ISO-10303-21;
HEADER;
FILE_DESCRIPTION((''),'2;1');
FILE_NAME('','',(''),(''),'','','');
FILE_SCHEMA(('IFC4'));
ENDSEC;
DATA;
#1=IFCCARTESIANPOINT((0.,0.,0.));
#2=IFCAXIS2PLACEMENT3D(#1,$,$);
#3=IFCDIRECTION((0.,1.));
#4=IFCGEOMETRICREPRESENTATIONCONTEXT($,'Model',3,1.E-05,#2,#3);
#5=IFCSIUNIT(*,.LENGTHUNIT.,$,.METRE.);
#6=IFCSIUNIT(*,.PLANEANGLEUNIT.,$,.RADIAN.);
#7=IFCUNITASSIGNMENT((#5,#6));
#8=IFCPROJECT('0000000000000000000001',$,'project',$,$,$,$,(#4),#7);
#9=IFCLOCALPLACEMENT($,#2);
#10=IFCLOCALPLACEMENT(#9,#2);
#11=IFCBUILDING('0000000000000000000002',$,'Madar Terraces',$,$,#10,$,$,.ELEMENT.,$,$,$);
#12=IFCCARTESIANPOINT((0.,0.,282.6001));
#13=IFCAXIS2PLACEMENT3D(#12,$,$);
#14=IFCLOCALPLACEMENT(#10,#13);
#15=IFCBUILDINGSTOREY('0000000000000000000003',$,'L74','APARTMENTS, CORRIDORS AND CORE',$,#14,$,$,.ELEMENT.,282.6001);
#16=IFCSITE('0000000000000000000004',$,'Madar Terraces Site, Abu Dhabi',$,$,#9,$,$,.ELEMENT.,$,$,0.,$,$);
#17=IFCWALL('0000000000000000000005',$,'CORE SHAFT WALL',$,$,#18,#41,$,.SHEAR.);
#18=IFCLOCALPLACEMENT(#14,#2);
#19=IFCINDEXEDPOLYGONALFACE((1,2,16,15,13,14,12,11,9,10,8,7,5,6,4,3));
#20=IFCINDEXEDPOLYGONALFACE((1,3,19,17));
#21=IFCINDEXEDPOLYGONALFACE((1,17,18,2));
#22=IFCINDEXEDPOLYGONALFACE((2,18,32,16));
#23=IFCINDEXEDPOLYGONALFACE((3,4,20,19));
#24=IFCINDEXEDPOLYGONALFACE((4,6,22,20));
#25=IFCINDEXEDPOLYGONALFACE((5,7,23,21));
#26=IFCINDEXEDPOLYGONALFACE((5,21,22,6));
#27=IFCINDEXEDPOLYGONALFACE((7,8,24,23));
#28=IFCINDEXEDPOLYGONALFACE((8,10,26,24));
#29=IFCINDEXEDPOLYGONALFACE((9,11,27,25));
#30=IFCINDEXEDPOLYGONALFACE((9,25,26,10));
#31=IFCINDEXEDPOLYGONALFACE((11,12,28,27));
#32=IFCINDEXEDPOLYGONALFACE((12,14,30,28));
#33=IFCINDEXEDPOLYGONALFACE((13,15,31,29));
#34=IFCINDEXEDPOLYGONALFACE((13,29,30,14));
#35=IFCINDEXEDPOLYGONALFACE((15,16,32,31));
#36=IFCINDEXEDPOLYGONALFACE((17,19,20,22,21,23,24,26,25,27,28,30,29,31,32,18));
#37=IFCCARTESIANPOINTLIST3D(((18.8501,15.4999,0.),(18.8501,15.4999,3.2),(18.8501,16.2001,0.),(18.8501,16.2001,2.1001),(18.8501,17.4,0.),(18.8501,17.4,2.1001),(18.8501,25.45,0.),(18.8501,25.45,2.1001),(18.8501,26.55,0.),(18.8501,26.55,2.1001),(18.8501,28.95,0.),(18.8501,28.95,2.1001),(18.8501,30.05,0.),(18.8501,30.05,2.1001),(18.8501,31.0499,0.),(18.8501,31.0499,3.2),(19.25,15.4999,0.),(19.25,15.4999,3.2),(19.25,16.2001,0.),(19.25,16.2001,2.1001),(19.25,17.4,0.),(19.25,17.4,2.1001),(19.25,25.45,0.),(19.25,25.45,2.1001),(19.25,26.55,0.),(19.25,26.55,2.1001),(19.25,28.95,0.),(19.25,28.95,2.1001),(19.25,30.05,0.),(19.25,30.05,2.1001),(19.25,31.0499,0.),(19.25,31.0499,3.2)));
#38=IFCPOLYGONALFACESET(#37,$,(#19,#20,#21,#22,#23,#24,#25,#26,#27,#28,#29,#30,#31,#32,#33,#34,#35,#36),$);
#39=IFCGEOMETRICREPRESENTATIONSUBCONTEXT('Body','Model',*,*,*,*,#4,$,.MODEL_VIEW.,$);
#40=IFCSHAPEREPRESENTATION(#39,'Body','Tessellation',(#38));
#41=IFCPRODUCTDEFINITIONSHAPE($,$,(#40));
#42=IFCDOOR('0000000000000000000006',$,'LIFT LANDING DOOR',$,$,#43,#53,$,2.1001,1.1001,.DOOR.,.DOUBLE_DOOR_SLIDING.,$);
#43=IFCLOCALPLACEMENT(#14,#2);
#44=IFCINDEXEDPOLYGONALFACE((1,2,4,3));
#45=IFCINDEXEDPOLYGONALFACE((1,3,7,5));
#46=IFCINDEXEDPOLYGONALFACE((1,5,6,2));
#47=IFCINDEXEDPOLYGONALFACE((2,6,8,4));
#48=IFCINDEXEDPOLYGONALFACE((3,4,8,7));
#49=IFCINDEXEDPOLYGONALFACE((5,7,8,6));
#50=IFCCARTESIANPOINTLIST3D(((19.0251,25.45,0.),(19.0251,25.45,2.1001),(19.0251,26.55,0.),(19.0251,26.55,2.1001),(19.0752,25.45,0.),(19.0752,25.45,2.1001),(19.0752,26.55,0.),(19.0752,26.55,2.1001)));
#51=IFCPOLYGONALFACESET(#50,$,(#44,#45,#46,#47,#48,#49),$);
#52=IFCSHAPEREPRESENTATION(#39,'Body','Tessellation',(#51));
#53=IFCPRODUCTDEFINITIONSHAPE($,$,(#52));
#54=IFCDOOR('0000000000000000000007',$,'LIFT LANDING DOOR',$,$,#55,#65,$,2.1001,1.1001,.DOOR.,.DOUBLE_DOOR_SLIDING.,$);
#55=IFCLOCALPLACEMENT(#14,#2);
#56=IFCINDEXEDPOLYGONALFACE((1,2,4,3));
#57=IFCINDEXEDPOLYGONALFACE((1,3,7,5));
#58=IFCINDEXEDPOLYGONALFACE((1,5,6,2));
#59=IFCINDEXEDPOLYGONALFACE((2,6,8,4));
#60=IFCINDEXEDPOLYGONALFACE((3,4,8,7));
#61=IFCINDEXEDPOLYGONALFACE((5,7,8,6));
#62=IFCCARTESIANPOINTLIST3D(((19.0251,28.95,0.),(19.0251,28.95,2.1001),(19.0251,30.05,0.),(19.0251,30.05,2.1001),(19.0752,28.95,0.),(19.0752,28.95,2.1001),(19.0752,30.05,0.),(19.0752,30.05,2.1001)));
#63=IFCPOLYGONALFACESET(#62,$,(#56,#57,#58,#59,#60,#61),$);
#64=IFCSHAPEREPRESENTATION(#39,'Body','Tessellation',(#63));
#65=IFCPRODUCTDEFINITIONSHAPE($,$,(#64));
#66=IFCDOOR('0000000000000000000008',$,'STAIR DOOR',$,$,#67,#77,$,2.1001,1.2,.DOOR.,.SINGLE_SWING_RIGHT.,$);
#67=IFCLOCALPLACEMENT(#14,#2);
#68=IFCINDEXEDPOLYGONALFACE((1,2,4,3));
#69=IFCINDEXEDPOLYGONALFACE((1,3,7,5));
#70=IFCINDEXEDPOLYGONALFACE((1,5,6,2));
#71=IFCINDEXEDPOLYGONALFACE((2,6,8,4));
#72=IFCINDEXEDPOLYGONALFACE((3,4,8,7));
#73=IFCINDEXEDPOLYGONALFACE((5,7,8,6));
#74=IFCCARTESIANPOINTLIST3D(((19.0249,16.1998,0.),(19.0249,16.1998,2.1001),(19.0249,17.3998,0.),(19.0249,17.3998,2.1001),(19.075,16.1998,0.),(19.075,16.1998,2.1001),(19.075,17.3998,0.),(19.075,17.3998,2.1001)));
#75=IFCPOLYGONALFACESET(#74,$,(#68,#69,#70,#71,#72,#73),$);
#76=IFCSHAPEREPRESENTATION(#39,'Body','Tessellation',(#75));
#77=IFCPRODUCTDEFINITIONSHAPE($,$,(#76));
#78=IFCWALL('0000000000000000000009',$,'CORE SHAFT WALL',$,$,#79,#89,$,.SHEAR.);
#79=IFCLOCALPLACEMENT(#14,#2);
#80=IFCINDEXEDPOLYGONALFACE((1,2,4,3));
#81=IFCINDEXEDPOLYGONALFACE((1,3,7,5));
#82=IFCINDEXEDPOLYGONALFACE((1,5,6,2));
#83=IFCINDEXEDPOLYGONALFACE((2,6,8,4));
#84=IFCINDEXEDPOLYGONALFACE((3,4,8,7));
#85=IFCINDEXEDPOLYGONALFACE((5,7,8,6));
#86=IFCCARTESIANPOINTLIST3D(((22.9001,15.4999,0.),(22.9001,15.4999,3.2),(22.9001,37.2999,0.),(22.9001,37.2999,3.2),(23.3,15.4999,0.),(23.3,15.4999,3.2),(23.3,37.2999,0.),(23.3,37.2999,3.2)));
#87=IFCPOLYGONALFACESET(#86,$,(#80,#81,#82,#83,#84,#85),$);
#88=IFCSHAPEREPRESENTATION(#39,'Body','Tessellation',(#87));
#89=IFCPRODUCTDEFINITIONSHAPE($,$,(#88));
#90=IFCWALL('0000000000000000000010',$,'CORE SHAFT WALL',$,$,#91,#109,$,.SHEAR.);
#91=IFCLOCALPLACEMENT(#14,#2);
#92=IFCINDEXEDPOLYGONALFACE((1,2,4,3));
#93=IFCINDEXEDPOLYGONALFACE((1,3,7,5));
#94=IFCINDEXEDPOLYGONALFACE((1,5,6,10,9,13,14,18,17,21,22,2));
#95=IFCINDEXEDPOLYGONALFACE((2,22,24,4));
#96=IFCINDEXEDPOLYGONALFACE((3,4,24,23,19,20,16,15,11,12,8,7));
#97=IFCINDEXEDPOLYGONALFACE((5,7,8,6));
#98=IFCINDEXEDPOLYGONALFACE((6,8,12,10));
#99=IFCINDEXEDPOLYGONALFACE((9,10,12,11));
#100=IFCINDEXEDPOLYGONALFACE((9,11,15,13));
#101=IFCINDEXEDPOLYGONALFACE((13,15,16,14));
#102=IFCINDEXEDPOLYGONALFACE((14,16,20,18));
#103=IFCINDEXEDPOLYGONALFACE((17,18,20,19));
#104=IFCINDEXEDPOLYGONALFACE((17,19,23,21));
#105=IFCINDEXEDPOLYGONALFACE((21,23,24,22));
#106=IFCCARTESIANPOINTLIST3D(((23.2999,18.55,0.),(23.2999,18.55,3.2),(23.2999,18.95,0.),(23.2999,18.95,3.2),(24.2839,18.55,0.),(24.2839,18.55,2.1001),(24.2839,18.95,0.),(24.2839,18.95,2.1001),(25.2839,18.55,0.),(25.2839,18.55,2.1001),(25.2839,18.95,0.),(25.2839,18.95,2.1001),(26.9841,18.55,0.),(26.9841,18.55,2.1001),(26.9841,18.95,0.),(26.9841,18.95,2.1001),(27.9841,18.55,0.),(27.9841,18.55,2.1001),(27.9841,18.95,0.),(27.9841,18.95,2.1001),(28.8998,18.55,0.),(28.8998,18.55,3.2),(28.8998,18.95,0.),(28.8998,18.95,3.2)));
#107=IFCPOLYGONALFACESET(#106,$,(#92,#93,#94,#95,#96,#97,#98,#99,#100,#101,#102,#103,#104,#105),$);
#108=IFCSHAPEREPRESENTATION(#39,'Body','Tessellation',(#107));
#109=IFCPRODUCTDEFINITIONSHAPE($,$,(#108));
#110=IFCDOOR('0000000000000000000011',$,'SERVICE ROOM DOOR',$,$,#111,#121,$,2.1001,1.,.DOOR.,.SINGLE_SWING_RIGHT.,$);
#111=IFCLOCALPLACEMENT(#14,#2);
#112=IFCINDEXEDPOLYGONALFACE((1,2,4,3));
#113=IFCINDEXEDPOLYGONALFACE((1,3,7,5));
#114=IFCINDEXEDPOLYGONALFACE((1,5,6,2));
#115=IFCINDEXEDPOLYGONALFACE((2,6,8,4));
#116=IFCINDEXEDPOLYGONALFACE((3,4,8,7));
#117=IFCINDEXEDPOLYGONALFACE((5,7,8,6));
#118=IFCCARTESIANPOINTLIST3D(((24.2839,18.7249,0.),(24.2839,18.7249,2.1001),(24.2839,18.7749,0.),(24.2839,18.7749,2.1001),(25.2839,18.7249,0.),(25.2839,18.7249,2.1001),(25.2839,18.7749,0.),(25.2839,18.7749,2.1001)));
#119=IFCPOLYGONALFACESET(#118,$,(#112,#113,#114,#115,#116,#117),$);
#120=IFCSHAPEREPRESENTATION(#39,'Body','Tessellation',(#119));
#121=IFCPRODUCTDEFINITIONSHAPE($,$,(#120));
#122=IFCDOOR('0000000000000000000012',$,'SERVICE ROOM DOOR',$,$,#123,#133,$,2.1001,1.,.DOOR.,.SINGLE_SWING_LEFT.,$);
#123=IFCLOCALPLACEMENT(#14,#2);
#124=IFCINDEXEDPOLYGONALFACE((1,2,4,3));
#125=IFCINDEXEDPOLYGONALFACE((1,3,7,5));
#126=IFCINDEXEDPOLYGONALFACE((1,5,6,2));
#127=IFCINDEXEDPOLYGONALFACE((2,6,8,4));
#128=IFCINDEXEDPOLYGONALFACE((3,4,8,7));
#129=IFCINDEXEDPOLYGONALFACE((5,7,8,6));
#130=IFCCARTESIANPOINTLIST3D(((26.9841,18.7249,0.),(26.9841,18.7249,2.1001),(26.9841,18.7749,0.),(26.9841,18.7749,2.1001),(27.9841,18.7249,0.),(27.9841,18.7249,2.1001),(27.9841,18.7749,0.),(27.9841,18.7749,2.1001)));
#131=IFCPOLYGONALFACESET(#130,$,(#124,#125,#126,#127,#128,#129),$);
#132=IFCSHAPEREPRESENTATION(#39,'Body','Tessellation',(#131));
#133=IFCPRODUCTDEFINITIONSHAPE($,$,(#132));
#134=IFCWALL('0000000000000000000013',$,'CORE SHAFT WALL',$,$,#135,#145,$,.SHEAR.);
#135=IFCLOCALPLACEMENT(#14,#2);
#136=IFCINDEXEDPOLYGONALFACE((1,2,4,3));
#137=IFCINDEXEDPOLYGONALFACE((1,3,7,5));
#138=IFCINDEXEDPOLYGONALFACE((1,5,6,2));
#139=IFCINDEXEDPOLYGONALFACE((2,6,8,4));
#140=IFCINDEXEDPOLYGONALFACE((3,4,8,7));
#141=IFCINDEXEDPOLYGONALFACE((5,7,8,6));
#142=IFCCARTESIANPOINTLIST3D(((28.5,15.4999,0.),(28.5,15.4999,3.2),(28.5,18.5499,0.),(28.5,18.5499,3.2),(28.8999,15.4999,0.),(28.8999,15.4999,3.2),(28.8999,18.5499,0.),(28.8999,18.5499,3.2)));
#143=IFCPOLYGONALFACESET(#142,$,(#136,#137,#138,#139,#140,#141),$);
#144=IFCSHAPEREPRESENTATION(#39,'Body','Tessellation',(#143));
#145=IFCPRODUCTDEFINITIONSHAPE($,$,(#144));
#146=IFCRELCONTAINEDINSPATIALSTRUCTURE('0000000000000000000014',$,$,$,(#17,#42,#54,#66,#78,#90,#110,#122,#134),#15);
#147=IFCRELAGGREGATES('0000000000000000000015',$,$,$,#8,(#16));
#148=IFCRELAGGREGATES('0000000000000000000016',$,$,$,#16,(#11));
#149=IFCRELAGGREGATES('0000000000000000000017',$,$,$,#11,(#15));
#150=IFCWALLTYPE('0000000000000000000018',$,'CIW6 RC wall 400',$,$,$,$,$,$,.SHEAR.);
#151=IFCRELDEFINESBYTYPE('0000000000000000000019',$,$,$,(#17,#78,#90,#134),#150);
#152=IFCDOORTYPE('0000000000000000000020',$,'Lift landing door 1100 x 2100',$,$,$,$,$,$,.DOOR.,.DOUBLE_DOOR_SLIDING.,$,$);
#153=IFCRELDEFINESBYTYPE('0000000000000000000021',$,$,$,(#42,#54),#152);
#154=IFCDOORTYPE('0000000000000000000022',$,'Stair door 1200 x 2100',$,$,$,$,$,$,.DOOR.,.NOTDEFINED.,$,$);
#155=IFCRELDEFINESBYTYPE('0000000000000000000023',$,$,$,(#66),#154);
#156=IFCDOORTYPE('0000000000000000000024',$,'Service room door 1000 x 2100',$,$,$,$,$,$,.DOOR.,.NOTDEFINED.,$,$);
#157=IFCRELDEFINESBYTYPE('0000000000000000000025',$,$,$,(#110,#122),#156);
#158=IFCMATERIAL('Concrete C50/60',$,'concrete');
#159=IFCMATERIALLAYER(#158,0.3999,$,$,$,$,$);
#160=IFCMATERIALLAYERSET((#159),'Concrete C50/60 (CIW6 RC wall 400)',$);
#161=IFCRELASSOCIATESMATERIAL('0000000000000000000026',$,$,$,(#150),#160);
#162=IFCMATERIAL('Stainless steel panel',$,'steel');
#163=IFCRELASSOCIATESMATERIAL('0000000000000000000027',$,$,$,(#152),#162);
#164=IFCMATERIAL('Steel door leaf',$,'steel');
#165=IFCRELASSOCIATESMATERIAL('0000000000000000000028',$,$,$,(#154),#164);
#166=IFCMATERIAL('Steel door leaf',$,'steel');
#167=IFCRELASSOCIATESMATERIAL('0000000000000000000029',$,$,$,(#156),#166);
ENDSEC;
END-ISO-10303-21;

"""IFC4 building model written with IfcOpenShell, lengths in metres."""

from ifc_helpers import new_model, si_unit, direction, frame, frame_2d, origin, place, context, subcontext, project, spatial, rectangle, extrude, material, layer, layer_set, type_object, element, fill, save


model = new_model("IFC4")

# Units and contexts
model_context = context("Model", 3, precision=1e-05, world=origin(), true_north=direction((0.0, 1.0)))
body_context = subcontext(model_context, "Body", "Model", "MODEL_VIEW")
ifc_project = project(units=[si_unit("LENGTHUNIT", "METRE"), si_unit("PLANEANGLEUNIT", "RADIAN")], contexts=[model_context])

# Site, building, storey
site_placement = place(None, origin())
site = spatial("IfcSite", under=ifc_project, at=site_placement, Name="Madar Terraces Site, Abu Dhabi", CompositionType="ELEMENT", RefElevation=0.0)
building_placement = place(site_placement, origin())
building = spatial("IfcBuilding", under=site, at=building_placement, Name="Madar Terraces", CompositionType="ELEMENT")
storey_placement = place(building_placement, frame((0.0, 0.0, 282.6001)))
storey = spatial("IfcBuildingStorey", under=building, at=storey_placement, Name="L74", Description="APARTMENTS, CORRIDORS AND CORE", CompositionType="ELEMENT", Elevation=282.6001)

# Wall, openings, doors
ifc_material_1 = material(Name="Concrete C50/60", Category="concrete")
ifc_layer_1 = layer(ifc_material_1, 0.3999)
ifc_layer_set_1 = layer_set([ifc_layer_1], Name="Concrete C50/60 (CIW6 RC wall 400)")
wall_type_1 = type_object("IfcWallType", Name="CIW6 RC wall 400", PredefinedType="SHEAR", material=ifc_layer_set_1)
wall_1_placement = place(storey_placement, frame((19.05, 15.5, 0.0), z_axis=(0.0, 0.0, 1.0), x_axis=(0.0, 1.0, 0.0)))
wall_1 = element("IfcWall", 1, at=wall_1_placement, inside=storey, type_object=wall_type_1, Name="CORE SHAFT WALL", PredefinedType="SHEAR", context=body_context, shape_type="SweptSolid", body=[
    extrude(rectangle(XDim=15.55, YDim=0.3999, at=frame_2d((7.7749, 0.0))), origin(), (0.0, 0.0, 1.0), 3.2),
])
opening_1_placement = place(wall_1_placement, frame((9.95, 0.0, 0.0)))
opening_1 = element("IfcOpeningElement", 2, at=opening_1_placement, cuts=wall_1, PredefinedType="OPENING", context=body_context, shape_type="SweptSolid", body=[
    extrude(rectangle(XDim=1.1001, YDim=2.1001, at=frame_2d((0.55, 1.05))), frame((0.0, 0.21, 0.0), z_axis=(0.0, -1.0, 0.0), x_axis=(1.0, 0.0, 0.0)), (0.0, 0.0, 1.0), 0.4199),
])
opening_2_placement = place(wall_1_placement, frame((13.45, 0.0, 0.0)))
opening_2 = element("IfcOpeningElement", 3, at=opening_2_placement, cuts=wall_1, PredefinedType="OPENING", context=body_context, shape_type="SweptSolid", body=[
    extrude(rectangle(XDim=1.1001, YDim=2.1001, at=frame_2d((0.55, 1.05))), frame((0.0, 0.21, 0.0), z_axis=(0.0, -1.0, 0.0), x_axis=(1.0, 0.0, 0.0)), (0.0, 0.0, 1.0), 0.4199),
])
opening_3_placement = place(wall_1_placement, frame((0.7, 0.0, 0.0)))
opening_3 = element("IfcOpeningElement", 4, at=opening_3_placement, cuts=wall_1, PredefinedType="OPENING", context=body_context, shape_type="SweptSolid", body=[
    extrude(rectangle(XDim=1.2, YDim=2.1001, at=frame_2d((0.6001, 1.05))), frame((0.0, 0.21, 0.0), z_axis=(0.0, -1.0, 0.0), x_axis=(1.0, 0.0, 0.0)), (0.0, 0.0, 1.0), 0.4199),
])
ifc_material_2 = material(Name="Stainless steel panel", Category="steel")
door_type_1 = type_object("IfcDoorType", Name="Lift landing door 1100 x 2100", OperationType="DOUBLE_DOOR_SLIDING", PredefinedType="DOOR", material=ifc_material_2)
door_1_placement = place(opening_1_placement, origin())
door_1 = element("IfcDoor", 5, at=door_1_placement, inside=storey, type_object=door_type_1, Name="LIFT LANDING DOOR", OperationType="DOUBLE_DOOR_SLIDING", OverallHeight=2.1001, OverallWidth=1.1001, PredefinedType="DOOR", context=body_context, shape_type="SweptSolid", body=[
    extrude(rectangle(XDim=1.1001, YDim=2.1001, at=frame_2d((0.55, 1.05))), frame((0.0, 0.0249, 0.0), z_axis=(0.0, -1.0, 0.0), x_axis=(1.0, 0.0, 0.0)), (0.0, 0.0, 1.0), 0.05),
])
fill(opening_1, door_1)
door_2_placement = place(opening_2_placement, origin())
door_2 = element("IfcDoor", 6, at=door_2_placement, inside=storey, type_object=door_type_1, Name="LIFT LANDING DOOR", OperationType="DOUBLE_DOOR_SLIDING", OverallHeight=2.1001, OverallWidth=1.1001, PredefinedType="DOOR", context=body_context, shape_type="SweptSolid", body=[
    extrude(rectangle(XDim=1.1001, YDim=2.1001, at=frame_2d((0.55, 1.05))), frame((0.0, 0.0249, 0.0), z_axis=(0.0, -1.0, 0.0), x_axis=(1.0, 0.0, 0.0)), (0.0, 0.0, 1.0), 0.05),
])
fill(opening_2, door_2)
ifc_material_3 = material(Name="Steel door leaf", Category="steel")
door_type_2 = type_object("IfcDoorType", Name="Stair door 1200 x 2100", OperationType="NOTDEFINED", PredefinedType="DOOR", material=ifc_material_3)
door_3_placement = place(opening_3_placement, frame((1.2, 0.0, 0.0), z_axis=(0.0, 0.0, 1.0), x_axis=(-1.0, 0.0, 0.0)))
door_3 = element("IfcDoor", 7, at=door_3_placement, inside=storey, type_object=door_type_2, Name="STAIR DOOR", OperationType="SINGLE_SWING_RIGHT", OverallHeight=2.1001, OverallWidth=1.2, PredefinedType="DOOR", context=body_context, shape_type="SweptSolid", body=[
    extrude(rectangle(XDim=1.2, YDim=2.1001, at=frame_2d((0.6001, 1.05))), frame((0.0, 0.0249, 0.0), z_axis=(0.0, -1.0, 0.0), x_axis=(1.0, 0.0, 0.0)), (0.0, 0.0, 1.0), 0.05),
])
fill(opening_3, door_3)

# Wall
wall_2_placement = place(storey_placement, frame((23.1001, 15.5, 0.0), z_axis=(0.0, 0.0, 1.0), x_axis=(0.0, 1.0, 0.0)))
element("IfcWall", 8, at=wall_2_placement, inside=storey, type_object=wall_type_1, Name="CORE SHAFT WALL", PredefinedType="SHEAR", context=body_context, shape_type="SweptSolid", body=[
    extrude(rectangle(XDim=21.8, YDim=0.3999, at=frame_2d((10.8999, 0.0))), origin(), (0.0, 0.0, 1.0), 3.2),
])

# Wall, openings, doors
wall_3_placement = place(storey_placement, frame((23.3, 18.75, 0.0), z_axis=(0.0, 0.0, 1.0), x_axis=(1.0, 0.0, 0.0)))
wall_3 = element("IfcWall", 9, at=wall_3_placement, inside=storey, type_object=wall_type_1, Name="CORE SHAFT WALL", PredefinedType="SHEAR", context=body_context, shape_type="SweptSolid", body=[
    extrude(rectangle(XDim=5.5999, YDim=0.3999, at=frame_2d((2.7998, 0.0))), origin(), (0.0, 0.0, 1.0), 3.2),
])
opening_4_placement = place(wall_3_placement, frame((0.9839, 0.0, 0.0)))
opening_4 = element("IfcOpeningElement", 10, at=opening_4_placement, cuts=wall_3, PredefinedType="OPENING", context=body_context, shape_type="SweptSolid", body=[
    extrude(rectangle(XDim=1.0, YDim=2.1001, at=frame_2d((0.5, 1.05))), frame((0.0, 0.21, 0.0), z_axis=(0.0, -1.0, 0.0), x_axis=(1.0, 0.0, 0.0)), (0.0, 0.0, 1.0), 0.4199),
])
opening_5_placement = place(wall_3_placement, frame((3.6841, 0.0, 0.0)))
opening_5 = element("IfcOpeningElement", 11, at=opening_5_placement, cuts=wall_3, PredefinedType="OPENING", context=body_context, shape_type="SweptSolid", body=[
    extrude(rectangle(XDim=1.0, YDim=2.1001, at=frame_2d((0.5, 1.05))), frame((0.0, 0.21, 0.0), z_axis=(0.0, -1.0, 0.0), x_axis=(1.0, 0.0, 0.0)), (0.0, 0.0, 1.0), 0.4199),
])
ifc_material_4 = material(Name="Steel door leaf", Category="steel")
door_type_3 = type_object("IfcDoorType", Name="Service room door 1000 x 2100", OperationType="NOTDEFINED", PredefinedType="DOOR", material=ifc_material_4)
door_4_placement = place(opening_4_placement, origin())
door_4 = element("IfcDoor", 12, at=door_4_placement, inside=storey, type_object=door_type_3, Name="SERVICE ROOM DOOR", OperationType="SINGLE_SWING_RIGHT", OverallHeight=2.1001, OverallWidth=1.0, PredefinedType="DOOR", context=body_context, shape_type="SweptSolid", body=[
    extrude(rectangle(XDim=1.0, YDim=2.1001, at=frame_2d((0.5, 1.05))), frame((0.0, 0.0249, 0.0), z_axis=(0.0, -1.0, 0.0), x_axis=(1.0, 0.0, 0.0)), (0.0, 0.0, 1.0), 0.05),
])
fill(opening_4, door_4)
door_5_placement = place(opening_5_placement, origin())
door_5 = element("IfcDoor", 13, at=door_5_placement, inside=storey, type_object=door_type_3, Name="SERVICE ROOM DOOR", OperationType="SINGLE_SWING_LEFT", OverallHeight=2.1001, OverallWidth=1.0, PredefinedType="DOOR", context=body_context, shape_type="SweptSolid", body=[
    extrude(rectangle(XDim=1.0, YDim=2.1001, at=frame_2d((0.5, 1.05))), frame((0.0, 0.0249, 0.0), z_axis=(0.0, -1.0, 0.0), x_axis=(1.0, 0.0, 0.0)), (0.0, 0.0, 1.0), 0.05),
])
fill(opening_5, door_5)

# Wall
wall_4_placement = place(storey_placement, frame((28.7, 15.5, 0.0), z_axis=(0.0, 0.0, 1.0), x_axis=(0.0, 1.0, 0.0)))
element("IfcWall", 14, at=wall_4_placement, inside=storey, type_object=wall_type_1, Name="CORE SHAFT WALL", PredefinedType="SHEAR", context=body_context, shape_type="SweptSolid", body=[
    extrude(rectangle(XDim=3.05, YDim=0.3999, at=frame_2d((1.5249, 0.0))), origin(), (0.0, 0.0, 1.0), 3.2),
])

save(model, "model.ifc")
